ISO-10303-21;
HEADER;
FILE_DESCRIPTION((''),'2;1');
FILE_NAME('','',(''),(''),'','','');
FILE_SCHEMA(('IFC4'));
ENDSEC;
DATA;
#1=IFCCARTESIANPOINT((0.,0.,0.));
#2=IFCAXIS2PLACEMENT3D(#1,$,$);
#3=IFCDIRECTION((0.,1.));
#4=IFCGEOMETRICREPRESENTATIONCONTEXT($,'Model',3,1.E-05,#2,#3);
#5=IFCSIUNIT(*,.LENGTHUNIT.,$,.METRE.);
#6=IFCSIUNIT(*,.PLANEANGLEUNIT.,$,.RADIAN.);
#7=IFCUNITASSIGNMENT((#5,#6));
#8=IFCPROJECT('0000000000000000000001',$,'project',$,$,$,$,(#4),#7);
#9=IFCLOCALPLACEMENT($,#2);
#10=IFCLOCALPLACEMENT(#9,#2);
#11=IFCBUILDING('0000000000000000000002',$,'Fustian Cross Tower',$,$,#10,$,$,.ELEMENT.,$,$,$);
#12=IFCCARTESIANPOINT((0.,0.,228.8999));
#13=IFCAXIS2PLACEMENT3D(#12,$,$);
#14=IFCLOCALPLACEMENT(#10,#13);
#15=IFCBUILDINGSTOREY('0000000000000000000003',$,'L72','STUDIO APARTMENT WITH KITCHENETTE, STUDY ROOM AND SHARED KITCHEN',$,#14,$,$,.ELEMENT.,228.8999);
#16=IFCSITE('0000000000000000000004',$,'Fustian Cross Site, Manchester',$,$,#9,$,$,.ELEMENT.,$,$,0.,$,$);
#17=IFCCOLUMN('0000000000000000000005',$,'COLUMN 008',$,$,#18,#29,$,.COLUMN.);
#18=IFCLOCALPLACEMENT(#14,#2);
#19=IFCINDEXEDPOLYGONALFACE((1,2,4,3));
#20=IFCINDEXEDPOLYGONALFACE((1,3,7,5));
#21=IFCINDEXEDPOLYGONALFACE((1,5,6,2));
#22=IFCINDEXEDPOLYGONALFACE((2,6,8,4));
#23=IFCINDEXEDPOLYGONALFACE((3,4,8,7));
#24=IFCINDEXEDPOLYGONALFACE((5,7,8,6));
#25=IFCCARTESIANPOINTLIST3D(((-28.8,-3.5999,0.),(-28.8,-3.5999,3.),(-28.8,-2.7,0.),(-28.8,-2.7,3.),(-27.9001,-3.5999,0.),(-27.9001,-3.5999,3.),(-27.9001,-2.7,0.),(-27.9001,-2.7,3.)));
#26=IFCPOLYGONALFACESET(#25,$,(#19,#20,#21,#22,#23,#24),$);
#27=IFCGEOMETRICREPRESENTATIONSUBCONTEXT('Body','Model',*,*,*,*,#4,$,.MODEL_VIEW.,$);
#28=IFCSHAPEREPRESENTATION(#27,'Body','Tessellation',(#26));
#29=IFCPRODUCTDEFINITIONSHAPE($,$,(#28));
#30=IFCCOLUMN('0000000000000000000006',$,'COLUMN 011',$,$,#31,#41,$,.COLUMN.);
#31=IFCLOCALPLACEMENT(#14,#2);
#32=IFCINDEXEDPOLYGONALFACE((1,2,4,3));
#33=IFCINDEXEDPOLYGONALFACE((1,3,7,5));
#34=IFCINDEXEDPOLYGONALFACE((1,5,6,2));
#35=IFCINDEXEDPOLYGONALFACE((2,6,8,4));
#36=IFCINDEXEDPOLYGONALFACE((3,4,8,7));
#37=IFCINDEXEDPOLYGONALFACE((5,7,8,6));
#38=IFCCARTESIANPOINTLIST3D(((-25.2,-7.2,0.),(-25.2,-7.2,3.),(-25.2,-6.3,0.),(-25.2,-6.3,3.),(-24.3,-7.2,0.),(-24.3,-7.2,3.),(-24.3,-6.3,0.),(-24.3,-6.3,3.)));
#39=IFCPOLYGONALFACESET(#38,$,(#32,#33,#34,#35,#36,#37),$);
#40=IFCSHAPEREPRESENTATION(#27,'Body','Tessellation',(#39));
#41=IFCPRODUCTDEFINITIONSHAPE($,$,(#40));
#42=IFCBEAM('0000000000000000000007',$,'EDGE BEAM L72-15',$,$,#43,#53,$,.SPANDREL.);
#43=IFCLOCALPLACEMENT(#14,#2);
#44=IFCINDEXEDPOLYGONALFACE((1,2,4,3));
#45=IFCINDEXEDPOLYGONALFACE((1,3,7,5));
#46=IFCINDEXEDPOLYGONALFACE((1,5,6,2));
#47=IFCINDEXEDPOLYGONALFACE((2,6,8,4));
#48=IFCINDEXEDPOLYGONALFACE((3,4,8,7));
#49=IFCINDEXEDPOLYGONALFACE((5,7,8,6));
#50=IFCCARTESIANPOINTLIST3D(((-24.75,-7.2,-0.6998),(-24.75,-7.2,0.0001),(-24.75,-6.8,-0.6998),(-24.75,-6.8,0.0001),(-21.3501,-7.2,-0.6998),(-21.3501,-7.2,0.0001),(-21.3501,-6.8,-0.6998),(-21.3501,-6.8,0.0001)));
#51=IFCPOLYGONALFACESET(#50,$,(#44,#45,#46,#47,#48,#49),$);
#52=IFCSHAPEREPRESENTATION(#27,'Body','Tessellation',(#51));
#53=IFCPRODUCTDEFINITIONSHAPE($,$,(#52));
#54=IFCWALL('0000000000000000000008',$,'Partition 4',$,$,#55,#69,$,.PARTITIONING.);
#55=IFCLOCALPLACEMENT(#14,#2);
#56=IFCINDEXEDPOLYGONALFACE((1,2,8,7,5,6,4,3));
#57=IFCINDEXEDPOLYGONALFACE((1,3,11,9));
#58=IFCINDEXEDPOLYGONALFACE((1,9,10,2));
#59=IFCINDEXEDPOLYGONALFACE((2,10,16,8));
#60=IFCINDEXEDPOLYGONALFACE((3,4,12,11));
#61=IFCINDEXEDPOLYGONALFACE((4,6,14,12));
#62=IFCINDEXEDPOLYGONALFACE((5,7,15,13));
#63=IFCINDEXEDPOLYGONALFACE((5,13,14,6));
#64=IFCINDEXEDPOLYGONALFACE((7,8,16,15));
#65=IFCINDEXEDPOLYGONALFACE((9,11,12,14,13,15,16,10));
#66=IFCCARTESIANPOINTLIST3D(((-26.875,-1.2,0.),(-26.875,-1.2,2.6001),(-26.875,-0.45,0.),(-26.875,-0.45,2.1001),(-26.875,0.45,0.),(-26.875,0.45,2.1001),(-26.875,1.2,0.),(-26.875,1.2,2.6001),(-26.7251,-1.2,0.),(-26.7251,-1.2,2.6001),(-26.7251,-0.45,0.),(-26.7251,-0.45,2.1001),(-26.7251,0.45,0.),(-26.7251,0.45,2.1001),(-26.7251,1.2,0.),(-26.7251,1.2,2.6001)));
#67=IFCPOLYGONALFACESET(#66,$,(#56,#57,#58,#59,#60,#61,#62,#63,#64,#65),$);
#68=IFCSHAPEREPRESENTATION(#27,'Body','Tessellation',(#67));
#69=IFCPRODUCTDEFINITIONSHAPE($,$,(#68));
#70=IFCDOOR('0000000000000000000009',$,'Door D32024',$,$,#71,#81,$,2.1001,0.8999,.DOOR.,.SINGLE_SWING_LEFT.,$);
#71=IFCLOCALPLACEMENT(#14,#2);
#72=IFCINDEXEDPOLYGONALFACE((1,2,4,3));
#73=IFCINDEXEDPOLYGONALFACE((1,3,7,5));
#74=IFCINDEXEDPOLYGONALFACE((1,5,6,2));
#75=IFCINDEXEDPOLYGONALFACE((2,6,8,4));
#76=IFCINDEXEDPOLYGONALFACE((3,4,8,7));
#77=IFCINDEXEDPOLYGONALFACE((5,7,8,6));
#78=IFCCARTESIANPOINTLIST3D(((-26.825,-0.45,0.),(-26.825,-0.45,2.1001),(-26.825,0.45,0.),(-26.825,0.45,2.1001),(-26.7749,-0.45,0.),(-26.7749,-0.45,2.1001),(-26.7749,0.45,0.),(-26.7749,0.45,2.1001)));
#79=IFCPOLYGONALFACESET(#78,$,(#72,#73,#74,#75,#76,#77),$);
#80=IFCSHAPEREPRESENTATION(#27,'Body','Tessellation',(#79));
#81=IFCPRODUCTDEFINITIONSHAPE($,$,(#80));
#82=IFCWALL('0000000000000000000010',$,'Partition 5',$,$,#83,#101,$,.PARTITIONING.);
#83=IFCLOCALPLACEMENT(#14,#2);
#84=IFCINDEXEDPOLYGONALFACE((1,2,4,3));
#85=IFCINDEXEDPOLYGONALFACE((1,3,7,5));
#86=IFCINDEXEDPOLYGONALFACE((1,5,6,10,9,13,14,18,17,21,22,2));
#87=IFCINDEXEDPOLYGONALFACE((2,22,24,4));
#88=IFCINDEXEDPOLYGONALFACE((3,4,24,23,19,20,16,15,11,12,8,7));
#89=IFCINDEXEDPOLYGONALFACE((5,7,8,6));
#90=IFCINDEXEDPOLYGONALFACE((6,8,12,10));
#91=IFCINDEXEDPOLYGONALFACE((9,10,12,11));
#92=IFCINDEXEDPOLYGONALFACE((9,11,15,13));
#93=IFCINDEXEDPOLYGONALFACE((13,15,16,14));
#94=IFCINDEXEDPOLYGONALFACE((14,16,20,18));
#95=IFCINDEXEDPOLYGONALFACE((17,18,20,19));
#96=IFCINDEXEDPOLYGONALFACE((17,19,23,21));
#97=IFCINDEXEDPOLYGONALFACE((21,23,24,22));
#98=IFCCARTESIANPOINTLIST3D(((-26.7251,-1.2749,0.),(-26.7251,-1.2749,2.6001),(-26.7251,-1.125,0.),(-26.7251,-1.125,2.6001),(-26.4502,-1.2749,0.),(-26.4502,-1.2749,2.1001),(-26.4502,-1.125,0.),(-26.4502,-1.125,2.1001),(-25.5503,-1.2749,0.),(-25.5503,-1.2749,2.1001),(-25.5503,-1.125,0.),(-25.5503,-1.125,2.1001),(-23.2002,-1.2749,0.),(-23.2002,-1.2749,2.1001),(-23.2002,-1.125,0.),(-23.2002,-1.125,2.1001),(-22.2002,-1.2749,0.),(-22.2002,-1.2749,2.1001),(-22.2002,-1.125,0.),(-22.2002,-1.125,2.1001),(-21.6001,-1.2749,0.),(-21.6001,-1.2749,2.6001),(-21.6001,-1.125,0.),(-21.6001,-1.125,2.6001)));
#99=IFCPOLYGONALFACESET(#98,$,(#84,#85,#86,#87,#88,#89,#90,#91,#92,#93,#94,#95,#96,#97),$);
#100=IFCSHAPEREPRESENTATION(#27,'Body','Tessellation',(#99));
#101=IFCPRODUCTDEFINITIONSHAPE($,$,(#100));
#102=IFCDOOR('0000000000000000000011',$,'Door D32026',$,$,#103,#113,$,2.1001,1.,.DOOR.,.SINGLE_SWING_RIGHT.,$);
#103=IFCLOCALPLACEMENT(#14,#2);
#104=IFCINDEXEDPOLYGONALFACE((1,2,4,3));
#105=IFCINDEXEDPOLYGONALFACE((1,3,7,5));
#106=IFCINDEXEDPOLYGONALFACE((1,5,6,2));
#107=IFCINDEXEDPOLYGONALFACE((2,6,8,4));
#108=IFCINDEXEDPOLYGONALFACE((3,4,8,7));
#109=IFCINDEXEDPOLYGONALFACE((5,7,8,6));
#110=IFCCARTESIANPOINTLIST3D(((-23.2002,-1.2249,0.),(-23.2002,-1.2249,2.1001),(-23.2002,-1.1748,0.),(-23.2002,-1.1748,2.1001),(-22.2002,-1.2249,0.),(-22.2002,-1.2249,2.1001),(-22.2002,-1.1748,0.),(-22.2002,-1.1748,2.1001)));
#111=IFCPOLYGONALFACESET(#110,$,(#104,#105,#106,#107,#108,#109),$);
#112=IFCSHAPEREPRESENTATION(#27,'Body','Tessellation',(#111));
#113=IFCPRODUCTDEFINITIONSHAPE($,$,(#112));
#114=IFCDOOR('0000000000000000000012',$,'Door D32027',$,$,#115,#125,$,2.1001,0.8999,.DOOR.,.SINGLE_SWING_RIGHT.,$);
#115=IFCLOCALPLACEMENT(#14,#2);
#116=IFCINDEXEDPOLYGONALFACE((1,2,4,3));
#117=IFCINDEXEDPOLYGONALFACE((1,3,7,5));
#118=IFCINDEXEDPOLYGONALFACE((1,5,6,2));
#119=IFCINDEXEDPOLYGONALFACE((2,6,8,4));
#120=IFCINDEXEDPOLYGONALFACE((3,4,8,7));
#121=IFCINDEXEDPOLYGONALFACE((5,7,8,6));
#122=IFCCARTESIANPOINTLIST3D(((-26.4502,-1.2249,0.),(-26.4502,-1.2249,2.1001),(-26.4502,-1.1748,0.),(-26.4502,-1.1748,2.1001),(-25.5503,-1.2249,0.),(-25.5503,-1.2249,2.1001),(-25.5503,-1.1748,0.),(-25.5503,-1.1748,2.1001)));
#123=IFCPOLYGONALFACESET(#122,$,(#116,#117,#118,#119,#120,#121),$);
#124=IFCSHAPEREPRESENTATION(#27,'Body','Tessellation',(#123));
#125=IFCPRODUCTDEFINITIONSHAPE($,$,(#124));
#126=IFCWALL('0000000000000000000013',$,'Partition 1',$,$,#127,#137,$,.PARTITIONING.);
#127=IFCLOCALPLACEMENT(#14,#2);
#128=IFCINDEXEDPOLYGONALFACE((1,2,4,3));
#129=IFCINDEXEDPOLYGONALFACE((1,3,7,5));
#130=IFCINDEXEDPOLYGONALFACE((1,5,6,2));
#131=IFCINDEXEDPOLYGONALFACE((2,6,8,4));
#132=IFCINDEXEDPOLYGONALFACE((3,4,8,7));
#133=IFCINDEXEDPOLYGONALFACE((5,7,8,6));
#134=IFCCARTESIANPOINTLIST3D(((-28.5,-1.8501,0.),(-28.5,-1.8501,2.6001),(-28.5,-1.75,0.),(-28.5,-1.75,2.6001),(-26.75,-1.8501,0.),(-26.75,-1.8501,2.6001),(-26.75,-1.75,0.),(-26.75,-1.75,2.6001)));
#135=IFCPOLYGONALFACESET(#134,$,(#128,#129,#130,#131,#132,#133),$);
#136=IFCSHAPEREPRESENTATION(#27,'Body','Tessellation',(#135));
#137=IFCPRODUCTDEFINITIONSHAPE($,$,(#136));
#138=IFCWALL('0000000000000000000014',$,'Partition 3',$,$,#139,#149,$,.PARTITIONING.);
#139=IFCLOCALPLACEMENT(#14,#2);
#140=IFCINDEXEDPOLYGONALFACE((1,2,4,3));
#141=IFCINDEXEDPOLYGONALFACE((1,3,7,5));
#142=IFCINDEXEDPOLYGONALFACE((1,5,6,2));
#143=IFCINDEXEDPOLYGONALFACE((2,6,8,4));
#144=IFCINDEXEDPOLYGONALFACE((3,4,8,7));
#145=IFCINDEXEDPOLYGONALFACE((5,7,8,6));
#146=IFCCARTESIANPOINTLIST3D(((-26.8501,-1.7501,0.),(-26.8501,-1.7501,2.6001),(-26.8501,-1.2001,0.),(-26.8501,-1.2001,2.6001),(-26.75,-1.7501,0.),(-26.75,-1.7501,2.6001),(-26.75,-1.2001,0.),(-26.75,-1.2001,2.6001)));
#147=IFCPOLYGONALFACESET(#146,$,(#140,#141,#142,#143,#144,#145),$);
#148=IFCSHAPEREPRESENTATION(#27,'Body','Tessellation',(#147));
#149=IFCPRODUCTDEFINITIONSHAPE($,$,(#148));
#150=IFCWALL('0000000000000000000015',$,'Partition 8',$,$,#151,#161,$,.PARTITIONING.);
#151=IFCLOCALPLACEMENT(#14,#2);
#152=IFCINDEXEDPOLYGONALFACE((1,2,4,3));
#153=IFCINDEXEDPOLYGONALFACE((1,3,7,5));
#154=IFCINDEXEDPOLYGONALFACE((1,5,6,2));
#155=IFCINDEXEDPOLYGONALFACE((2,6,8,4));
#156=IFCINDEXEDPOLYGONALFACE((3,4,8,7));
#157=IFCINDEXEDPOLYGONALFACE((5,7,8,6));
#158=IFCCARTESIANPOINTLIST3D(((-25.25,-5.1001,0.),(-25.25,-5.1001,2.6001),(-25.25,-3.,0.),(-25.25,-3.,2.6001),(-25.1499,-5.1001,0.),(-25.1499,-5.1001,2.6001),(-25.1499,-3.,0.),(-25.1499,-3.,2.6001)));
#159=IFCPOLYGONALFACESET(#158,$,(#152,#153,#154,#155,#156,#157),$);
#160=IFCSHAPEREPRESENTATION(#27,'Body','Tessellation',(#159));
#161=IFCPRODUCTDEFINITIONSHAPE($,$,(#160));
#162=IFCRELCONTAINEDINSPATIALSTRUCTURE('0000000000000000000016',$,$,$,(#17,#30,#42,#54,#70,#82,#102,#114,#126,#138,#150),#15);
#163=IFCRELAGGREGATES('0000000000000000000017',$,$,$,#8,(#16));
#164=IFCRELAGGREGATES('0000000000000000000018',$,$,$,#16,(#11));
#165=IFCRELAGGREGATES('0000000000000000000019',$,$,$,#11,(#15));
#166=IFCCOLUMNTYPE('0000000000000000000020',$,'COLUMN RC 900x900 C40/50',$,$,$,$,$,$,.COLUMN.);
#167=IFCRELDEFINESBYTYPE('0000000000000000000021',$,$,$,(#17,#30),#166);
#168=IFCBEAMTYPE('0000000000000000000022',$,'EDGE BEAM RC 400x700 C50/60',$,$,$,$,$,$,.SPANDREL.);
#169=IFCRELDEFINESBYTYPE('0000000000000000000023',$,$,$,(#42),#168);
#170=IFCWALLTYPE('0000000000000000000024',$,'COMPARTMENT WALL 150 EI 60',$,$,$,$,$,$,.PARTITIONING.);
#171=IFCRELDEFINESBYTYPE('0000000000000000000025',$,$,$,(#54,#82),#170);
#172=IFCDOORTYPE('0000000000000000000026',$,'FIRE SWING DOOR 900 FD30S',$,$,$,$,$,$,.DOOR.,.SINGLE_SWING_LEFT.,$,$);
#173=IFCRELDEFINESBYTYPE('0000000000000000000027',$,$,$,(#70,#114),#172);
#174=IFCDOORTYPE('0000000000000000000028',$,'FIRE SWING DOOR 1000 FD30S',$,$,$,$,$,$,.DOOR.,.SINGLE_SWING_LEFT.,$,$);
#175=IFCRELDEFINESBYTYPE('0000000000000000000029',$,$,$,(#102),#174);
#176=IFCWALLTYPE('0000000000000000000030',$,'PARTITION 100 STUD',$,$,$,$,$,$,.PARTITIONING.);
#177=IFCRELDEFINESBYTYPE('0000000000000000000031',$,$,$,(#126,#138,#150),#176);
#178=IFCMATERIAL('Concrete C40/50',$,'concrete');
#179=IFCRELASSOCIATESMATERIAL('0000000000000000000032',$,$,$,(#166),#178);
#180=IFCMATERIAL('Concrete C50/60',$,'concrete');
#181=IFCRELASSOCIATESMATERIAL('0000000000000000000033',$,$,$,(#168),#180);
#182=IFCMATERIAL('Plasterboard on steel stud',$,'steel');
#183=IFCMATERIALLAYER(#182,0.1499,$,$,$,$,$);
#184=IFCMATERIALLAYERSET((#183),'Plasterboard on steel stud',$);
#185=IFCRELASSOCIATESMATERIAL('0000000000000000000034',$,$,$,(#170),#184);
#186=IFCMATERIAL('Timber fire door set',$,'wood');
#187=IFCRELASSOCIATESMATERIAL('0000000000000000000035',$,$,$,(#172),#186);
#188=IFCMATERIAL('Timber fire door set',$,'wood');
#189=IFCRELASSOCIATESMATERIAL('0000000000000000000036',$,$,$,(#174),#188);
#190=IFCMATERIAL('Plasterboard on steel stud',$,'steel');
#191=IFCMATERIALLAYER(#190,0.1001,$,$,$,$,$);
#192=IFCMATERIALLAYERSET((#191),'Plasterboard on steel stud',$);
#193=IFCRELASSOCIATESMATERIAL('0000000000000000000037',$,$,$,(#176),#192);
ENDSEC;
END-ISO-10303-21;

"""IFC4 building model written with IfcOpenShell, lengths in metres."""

from ifc_helpers import new_model, si_unit, direction, frame, frame_2d, origin, origin_2d, place, context, subcontext, project, spatial, rectangle, extrude, material, layer, layer_set, material_profile, profile_set, type_object, element, fill, save


model = new_model("IFC4")

# Units and contexts
model_context = context("Model", 3, precision=1e-05, world=origin(), true_north=direction((0.0, 1.0)))
body_context = subcontext(model_context, "Body", "Model", "MODEL_VIEW")
ifc_project = project(units=[si_unit("LENGTHUNIT", "METRE"), si_unit("PLANEANGLEUNIT", "RADIAN")], contexts=[model_context])

# Site, building, storey
site_placement = place(None, origin())
site = spatial("IfcSite", under=ifc_project, at=site_placement, Name="Fustian Cross Site, Manchester", CompositionType="ELEMENT", RefElevation=0.0)
building_placement = place(site_placement, origin())
building = spatial("IfcBuilding", under=site, at=building_placement, Name="Fustian Cross Tower", CompositionType="ELEMENT")
storey_placement = place(building_placement, frame((0.0, 0.0, 228.8999)))
storey = spatial("IfcBuildingStorey", under=building, at=storey_placement, Name="L72", Description="STUDIO APARTMENT WITH KITCHENETTE, STUDY ROOM AND SHARED KITCHEN", CompositionType="ELEMENT", Elevation=228.8999)

# Columns
ifc_material_1 = material(Name="Concrete C40/50", Category="concrete")
ifc_material_profile_1 = material_profile(ifc_material_1, rectangle(XDim=0.8999, YDim=0.8999, at=origin_2d()), Name="RC 900x900")
ifc_profile_set_1 = profile_set([ifc_material_profile_1], Name="Concrete C40/50")
column_type = type_object("IfcColumnType", Name="COLUMN RC 900x900 C40/50", PredefinedType="COLUMN", material=ifc_profile_set_1)
for number, where, z_axis, x_axis, name in (
    (1, (-28.3501, -3.1499, 0.0), (0.0, 0.0, 1.0), (1.0, 0.0, 0.0), "COLUMN 008"),
    (2, (-24.75, -6.75, 0.0), (0.0, 0.0, 1.0), (1.0, 0.0, 0.0), "COLUMN 011"),
):
    element("IfcColumn", number, at=place(storey_placement, frame(where, z_axis=z_axis, x_axis=x_axis)), inside=storey, type_object=column_type, Name=name, PredefinedType="COLUMN", context=body_context, shape_type="SweptSolid", body=[
        extrude(rectangle(XDim=0.8999, YDim=0.8999, at=origin_2d()), origin(), (0.0, 0.0, 1.0), 3.0),
    ])

# Beam
ifc_material_2 = material(Name="Concrete C50/60", Category="concrete")
ifc_material_profile_2 = material_profile(ifc_material_2, rectangle(XDim=0.3999, YDim=0.7, at=origin_2d()), Name="RC 400x700")
ifc_profile_set_2 = profile_set([ifc_material_profile_2], Name="Concrete C50/60")
beam_type = type_object("IfcBeamType", Name="EDGE BEAM RC 400x700 C50/60", PredefinedType="SPANDREL", material=ifc_profile_set_2)
beam_placement = place(storey_placement, frame((-24.75, -7.0, -0.3499), z_axis=(1.0, 0.0, 0.0), x_axis=(0.0, 1.0, 0.0)))
element("IfcBeam", 3, at=beam_placement, inside=storey, type_object=beam_type, Name="EDGE BEAM L72-15", PredefinedType="SPANDREL", context=body_context, shape_type="SweptSolid", body=[
    extrude(rectangle(XDim=0.3999, YDim=0.7, at=origin_2d()), origin(), (0.0, 0.0, 1.0), 3.3999),
])

# Wall, opening, door
ifc_material_3 = material(Name="Plasterboard on steel stud", Category="steel")
ifc_layer_1 = layer(ifc_material_3, 0.1499)
ifc_layer_set_1 = layer_set([ifc_layer_1], Name="Plasterboard on steel stud")
wall_type_1 = type_object("IfcWallType", Name="COMPARTMENT WALL 150 EI 60", PredefinedType="PARTITIONING", material=ifc_layer_set_1)
wall_1_placement = place(storey_placement, frame((-26.8, -1.2, 0.0), z_axis=(0.0, 0.0, 1.0), x_axis=(0.0, 1.0, 0.0)))
wall_1 = element("IfcWall", 4, at=wall_1_placement, inside=storey, type_object=wall_type_1, Name="Partition 4", PredefinedType="PARTITIONING", context=body_context, shape_type="SweptSolid", body=[
    extrude(rectangle(XDim=2.3999, YDim=0.1499, at=frame_2d((1.2, 0.0))), origin(), (0.0, 0.0, 1.0), 2.6001),
])
opening_1_placement = place(wall_1_placement, frame((0.75, 0.0, 0.0)))
opening_1 = element("IfcOpeningElement", 5, at=opening_1_placement, cuts=wall_1, PredefinedType="OPENING", context=body_context, shape_type="SweptSolid", body=[
    extrude(rectangle(XDim=0.8999, YDim=2.1001, at=frame_2d((0.45, 1.05))), frame((0.0, 0.085, 0.0), z_axis=(0.0, -1.0, 0.0), x_axis=(1.0, 0.0, 0.0)), (0.0, 0.0, 1.0), 0.1699),
])
ifc_material_4 = material(Name="Timber fire door set", Category="wood")
door_type_1 = type_object("IfcDoorType", Name="FIRE SWING DOOR 900 FD30S", OperationType="SINGLE_SWING_LEFT", PredefinedType="DOOR", material=ifc_material_4)
door_1_placement = place(opening_1_placement, origin())
door_1 = element("IfcDoor", 6, at=door_1_placement, inside=storey, type_object=door_type_1, Name="Door D32024", OperationType="SINGLE_SWING_LEFT", OverallHeight=2.1001, OverallWidth=0.8999, PredefinedType="DOOR", context=body_context, shape_type="SweptSolid", body=[
    extrude(rectangle(XDim=0.8999, YDim=2.1001, at=frame_2d((0.45, 1.05))), frame((0.0, 0.0249, 0.0), z_axis=(0.0, -1.0, 0.0), x_axis=(1.0, 0.0, 0.0)), (0.0, 0.0, 1.0), 0.05),
])
fill(opening_1, door_1)

# Wall, openings, doors
wall_2_placement = place(storey_placement, frame((-26.7251, -1.2, 0.0), z_axis=(0.0, 0.0, 1.0), x_axis=(1.0, 0.0, 0.0)))
wall_2 = element("IfcWall", 7, at=wall_2_placement, inside=storey, type_object=wall_type_1, Name="Partition 5", PredefinedType="PARTITIONING", context=body_context, shape_type="SweptSolid", body=[
    extrude(rectangle(XDim=5.125, YDim=0.1499, at=frame_2d((2.5625, 0.0))), origin(), (0.0, 0.0, 1.0), 2.6001),
])
opening_2_placement = place(wall_2_placement, frame((3.5249, 0.0, 0.0)))
opening_2 = element("IfcOpeningElement", 8, at=opening_2_placement, cuts=wall_2, PredefinedType="OPENING", context=body_context, shape_type="SweptSolid", body=[
    extrude(rectangle(XDim=1.0, YDim=2.1001, at=frame_2d((0.5, 1.05))), frame((0.0, 0.085, 0.0), z_axis=(0.0, -1.0, 0.0), x_axis=(1.0, 0.0, 0.0)), (0.0, 0.0, 1.0), 0.1699),
])
opening_3_placement = place(wall_2_placement, frame((0.2749, 0.0, 0.0)))
opening_3 = element("IfcOpeningElement", 9, at=opening_3_placement, cuts=wall_2, PredefinedType="OPENING", context=body_context, shape_type="SweptSolid", body=[
    extrude(rectangle(XDim=0.8999, YDim=2.1001, at=frame_2d((0.45, 1.05))), frame((0.0, 0.085, 0.0), z_axis=(0.0, -1.0, 0.0), x_axis=(1.0, 0.0, 0.0)), (0.0, 0.0, 1.0), 0.1699),
])
ifc_material_5 = material(Name="Timber fire door set", Category="wood")
door_type_2 = type_object("IfcDoorType", Name="FIRE SWING DOOR 1000 FD30S", OperationType="SINGLE_SWING_LEFT", PredefinedType="DOOR", material=ifc_material_5)
door_2_placement = place(opening_2_placement, frame((1.0, 0.0, 0.0), z_axis=(0.0, 0.0, 1.0), x_axis=(-1.0, 0.0, 0.0)))
door_2 = element("IfcDoor", 10, at=door_2_placement, inside=storey, type_object=door_type_2, Name="Door D32026", OperationType="SINGLE_SWING_RIGHT", OverallHeight=2.1001, OverallWidth=1.0, PredefinedType="DOOR", context=body_context, shape_type="SweptSolid", body=[
    extrude(rectangle(XDim=1.0, YDim=2.1001, at=frame_2d((0.5, 1.05))), frame((0.0, 0.0249, 0.0), z_axis=(0.0, -1.0, 0.0), x_axis=(1.0, 0.0, 0.0)), (0.0, 0.0, 1.0), 0.05),
])
fill(opening_2, door_2)
door_3_placement = place(opening_3_placement, frame((0.8999, 0.0, 0.0), z_axis=(0.0, 0.0, 1.0), x_axis=(-1.0, 0.0, 0.0)))
door_3 = element("IfcDoor", 11, at=door_3_placement, inside=storey, type_object=door_type_1, Name="Door D32027", OperationType="SINGLE_SWING_RIGHT", OverallHeight=2.1001, OverallWidth=0.8999, PredefinedType="DOOR", context=body_context, shape_type="SweptSolid", body=[
    extrude(rectangle(XDim=0.8999, YDim=2.1001, at=frame_2d((0.45, 1.05))), frame((0.0, 0.0249, 0.0), z_axis=(0.0, -1.0, 0.0), x_axis=(1.0, 0.0, 0.0)), (0.0, 0.0, 1.0), 0.05),
])
fill(opening_3, door_3)

# Walls
ifc_material_6 = material(Name="Plasterboard on steel stud", Category="steel")
ifc_layer_2 = layer(ifc_material_6, 0.1001)
ifc_layer_set_2 = layer_set([ifc_layer_2], Name="Plasterboard on steel stud")
wall_type_2 = type_object("IfcWallType", Name="PARTITION 100 STUD", PredefinedType="PARTITIONING", material=ifc_layer_set_2)
wall_3_placement = place(storey_placement, frame((-28.5, -1.8, 0.0), z_axis=(0.0, 0.0, 1.0), x_axis=(1.0, 0.0, 0.0)))
element("IfcWall", 12, at=wall_3_placement, inside=storey, type_object=wall_type_2, Name="Partition 1", PredefinedType="PARTITIONING", context=body_context, shape_type="SweptSolid", body=[
    extrude(rectangle(XDim=1.75, YDim=0.1001, at=frame_2d((0.875, 0.0))), origin(), (0.0, 0.0, 1.0), 2.6001),
])
wall_4_placement = place(storey_placement, frame((-26.8, -1.75, 0.0), z_axis=(0.0, 0.0, 1.0), x_axis=(0.0, 1.0, 0.0)))
element("IfcWall", 13, at=wall_4_placement, inside=storey, type_object=wall_type_2, Name="Partition 3", PredefinedType="PARTITIONING", context=body_context, shape_type="SweptSolid", body=[
    extrude(rectangle(XDim=0.55, YDim=0.1001, at=frame_2d((0.2749, 0.0))), origin(), (0.0, 0.0, 1.0), 2.6001),
])
wall_5_placement = place(storey_placement, frame((-25.2, -5.1001, 0.0), z_axis=(0.0, 0.0, 1.0), x_axis=(0.0, 1.0, 0.0)))
element("IfcWall", 14, at=wall_5_placement, inside=storey, type_object=wall_type_2, Name="Partition 8", PredefinedType="PARTITIONING", context=body_context, shape_type="SweptSolid", body=[
    extrude(rectangle(XDim=2.1001, YDim=0.1001, at=frame_2d((1.05, 0.0))), origin(), (0.0, 0.0, 1.0), 2.6001),
])

save(model, "model.ifc")
